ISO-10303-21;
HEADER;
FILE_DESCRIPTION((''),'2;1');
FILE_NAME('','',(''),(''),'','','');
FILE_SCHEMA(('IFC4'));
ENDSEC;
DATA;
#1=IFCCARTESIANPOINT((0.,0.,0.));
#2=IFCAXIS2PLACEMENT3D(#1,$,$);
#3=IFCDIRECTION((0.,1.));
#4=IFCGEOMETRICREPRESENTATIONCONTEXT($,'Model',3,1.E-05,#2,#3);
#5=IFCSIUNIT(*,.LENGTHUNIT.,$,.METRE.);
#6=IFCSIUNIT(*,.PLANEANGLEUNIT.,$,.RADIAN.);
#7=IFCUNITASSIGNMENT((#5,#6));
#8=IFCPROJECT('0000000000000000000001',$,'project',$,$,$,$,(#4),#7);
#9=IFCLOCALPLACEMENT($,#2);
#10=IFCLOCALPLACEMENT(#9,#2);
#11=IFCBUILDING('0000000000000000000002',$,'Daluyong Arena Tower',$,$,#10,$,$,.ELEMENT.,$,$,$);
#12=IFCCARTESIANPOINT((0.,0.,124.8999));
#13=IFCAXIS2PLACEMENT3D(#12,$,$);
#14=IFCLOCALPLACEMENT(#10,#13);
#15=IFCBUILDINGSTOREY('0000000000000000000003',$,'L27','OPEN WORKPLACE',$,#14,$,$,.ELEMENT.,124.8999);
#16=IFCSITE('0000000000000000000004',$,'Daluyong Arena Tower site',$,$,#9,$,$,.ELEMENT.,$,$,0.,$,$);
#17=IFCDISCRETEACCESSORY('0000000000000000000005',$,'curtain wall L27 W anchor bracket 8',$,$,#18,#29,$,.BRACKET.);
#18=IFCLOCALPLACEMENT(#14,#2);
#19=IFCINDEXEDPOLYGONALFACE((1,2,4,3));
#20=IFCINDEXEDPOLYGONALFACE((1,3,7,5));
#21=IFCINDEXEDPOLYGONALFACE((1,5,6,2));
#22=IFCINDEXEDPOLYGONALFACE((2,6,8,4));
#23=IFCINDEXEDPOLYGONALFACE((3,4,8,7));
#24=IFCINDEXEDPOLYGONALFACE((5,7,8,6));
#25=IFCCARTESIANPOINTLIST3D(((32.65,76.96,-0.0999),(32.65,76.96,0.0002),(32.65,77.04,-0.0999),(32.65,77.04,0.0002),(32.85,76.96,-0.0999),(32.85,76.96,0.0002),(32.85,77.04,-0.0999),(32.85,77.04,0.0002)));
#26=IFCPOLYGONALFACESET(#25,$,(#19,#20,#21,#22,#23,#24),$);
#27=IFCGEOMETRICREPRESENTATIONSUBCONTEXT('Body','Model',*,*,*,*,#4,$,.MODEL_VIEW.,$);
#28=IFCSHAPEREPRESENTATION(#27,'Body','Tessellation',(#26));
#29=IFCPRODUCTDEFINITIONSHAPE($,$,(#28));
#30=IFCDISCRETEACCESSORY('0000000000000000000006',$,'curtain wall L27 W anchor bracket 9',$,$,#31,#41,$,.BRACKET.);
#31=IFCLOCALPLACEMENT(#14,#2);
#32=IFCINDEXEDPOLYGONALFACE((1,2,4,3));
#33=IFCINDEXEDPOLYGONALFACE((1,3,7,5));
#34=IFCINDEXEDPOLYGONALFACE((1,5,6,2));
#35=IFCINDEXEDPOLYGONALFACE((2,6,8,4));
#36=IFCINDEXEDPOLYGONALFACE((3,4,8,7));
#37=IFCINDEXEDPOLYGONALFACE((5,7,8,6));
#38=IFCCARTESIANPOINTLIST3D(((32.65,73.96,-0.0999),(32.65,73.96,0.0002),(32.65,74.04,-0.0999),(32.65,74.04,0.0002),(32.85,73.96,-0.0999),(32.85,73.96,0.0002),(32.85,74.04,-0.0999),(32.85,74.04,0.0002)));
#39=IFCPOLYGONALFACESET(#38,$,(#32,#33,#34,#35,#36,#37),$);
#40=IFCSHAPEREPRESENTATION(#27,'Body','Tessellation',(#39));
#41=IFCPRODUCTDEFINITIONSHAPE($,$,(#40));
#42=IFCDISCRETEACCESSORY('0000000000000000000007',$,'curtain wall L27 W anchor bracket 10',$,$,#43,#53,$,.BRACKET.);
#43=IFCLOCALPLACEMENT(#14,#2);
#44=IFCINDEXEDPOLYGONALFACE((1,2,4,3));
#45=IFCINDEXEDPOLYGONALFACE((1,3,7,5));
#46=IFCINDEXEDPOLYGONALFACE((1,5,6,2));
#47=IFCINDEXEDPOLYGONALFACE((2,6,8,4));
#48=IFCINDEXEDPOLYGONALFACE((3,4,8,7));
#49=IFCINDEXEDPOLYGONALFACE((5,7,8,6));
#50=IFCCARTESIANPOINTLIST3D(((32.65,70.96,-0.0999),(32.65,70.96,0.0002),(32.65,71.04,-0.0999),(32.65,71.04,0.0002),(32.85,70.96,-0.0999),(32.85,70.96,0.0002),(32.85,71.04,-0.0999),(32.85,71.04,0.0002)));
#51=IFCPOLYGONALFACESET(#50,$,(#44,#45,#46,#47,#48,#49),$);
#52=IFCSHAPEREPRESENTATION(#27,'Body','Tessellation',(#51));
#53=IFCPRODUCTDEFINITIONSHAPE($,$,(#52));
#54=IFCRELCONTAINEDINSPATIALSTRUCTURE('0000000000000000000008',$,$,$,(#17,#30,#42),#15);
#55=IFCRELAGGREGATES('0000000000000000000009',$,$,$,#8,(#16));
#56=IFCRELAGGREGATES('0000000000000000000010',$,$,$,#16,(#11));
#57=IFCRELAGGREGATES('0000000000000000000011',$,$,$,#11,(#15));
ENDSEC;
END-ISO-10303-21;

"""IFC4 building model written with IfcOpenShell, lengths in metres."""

from ifc_helpers import new_model, si_unit, direction, frame, origin, origin_2d, place, context, subcontext, project, spatial, rectangle, extrude, element, save


model = new_model("IFC4")

# Units and contexts
model_context = context("Model", 3, precision=1e-05, world=origin(), true_north=direction((0.0, 1.0)))
body_context = subcontext(model_context, "Body", "Model", "MODEL_VIEW")
ifc_project = project(units=[si_unit("LENGTHUNIT", "METRE"), si_unit("PLANEANGLEUNIT", "RADIAN")], contexts=[model_context])

# Site, building, storey
site_placement = place(None, origin())
site = spatial("IfcSite", under=ifc_project, at=site_placement, Name="Daluyong Arena Tower site", CompositionType="ELEMENT", RefElevation=0.0)
building_placement = place(site_placement, origin())
building = spatial("IfcBuilding", under=site, at=building_placement, Name="Daluyong Arena Tower", CompositionType="ELEMENT")
storey_placement = place(building_placement, frame((0.0, 0.0, 124.8999)))
storey = spatial("IfcBuildingStorey", under=building, at=storey_placement, Name="L27", Description="OPEN WORKPLACE", CompositionType="ELEMENT", Elevation=124.8999)

# Discrete accessories
for number, where, z_axis, x_axis, name in (
    (1, (32.75, 77.0, -0.0999), (0.0, 0.0, 1.0), (0.0, -1.0, 0.0), "curtain wall L27 W anchor bracket 8"),
    (2, (32.75, 74.0, -0.0999), (0.0, 0.0, 1.0), (0.0, -1.0, 0.0), "curtain wall L27 W anchor bracket 9"),
    (3, (32.75, 71.0, -0.0999), (0.0, 0.0, 1.0), (0.0, -1.0, 0.0), "curtain wall L27 W anchor bracket 10"),
):
    element("IfcDiscreteAccessory", number, at=place(storey_placement, frame(where, z_axis=z_axis, x_axis=x_axis)), inside=storey, Name=name, PredefinedType="BRACKET", context=body_context, shape_type="SweptSolid", body=[
        extrude(rectangle(XDim=0.0801, YDim=0.2, at=origin_2d()), origin(), (0.0, 0.0, 1.0), 0.1001),
    ])

save(model, "model.ifc")
